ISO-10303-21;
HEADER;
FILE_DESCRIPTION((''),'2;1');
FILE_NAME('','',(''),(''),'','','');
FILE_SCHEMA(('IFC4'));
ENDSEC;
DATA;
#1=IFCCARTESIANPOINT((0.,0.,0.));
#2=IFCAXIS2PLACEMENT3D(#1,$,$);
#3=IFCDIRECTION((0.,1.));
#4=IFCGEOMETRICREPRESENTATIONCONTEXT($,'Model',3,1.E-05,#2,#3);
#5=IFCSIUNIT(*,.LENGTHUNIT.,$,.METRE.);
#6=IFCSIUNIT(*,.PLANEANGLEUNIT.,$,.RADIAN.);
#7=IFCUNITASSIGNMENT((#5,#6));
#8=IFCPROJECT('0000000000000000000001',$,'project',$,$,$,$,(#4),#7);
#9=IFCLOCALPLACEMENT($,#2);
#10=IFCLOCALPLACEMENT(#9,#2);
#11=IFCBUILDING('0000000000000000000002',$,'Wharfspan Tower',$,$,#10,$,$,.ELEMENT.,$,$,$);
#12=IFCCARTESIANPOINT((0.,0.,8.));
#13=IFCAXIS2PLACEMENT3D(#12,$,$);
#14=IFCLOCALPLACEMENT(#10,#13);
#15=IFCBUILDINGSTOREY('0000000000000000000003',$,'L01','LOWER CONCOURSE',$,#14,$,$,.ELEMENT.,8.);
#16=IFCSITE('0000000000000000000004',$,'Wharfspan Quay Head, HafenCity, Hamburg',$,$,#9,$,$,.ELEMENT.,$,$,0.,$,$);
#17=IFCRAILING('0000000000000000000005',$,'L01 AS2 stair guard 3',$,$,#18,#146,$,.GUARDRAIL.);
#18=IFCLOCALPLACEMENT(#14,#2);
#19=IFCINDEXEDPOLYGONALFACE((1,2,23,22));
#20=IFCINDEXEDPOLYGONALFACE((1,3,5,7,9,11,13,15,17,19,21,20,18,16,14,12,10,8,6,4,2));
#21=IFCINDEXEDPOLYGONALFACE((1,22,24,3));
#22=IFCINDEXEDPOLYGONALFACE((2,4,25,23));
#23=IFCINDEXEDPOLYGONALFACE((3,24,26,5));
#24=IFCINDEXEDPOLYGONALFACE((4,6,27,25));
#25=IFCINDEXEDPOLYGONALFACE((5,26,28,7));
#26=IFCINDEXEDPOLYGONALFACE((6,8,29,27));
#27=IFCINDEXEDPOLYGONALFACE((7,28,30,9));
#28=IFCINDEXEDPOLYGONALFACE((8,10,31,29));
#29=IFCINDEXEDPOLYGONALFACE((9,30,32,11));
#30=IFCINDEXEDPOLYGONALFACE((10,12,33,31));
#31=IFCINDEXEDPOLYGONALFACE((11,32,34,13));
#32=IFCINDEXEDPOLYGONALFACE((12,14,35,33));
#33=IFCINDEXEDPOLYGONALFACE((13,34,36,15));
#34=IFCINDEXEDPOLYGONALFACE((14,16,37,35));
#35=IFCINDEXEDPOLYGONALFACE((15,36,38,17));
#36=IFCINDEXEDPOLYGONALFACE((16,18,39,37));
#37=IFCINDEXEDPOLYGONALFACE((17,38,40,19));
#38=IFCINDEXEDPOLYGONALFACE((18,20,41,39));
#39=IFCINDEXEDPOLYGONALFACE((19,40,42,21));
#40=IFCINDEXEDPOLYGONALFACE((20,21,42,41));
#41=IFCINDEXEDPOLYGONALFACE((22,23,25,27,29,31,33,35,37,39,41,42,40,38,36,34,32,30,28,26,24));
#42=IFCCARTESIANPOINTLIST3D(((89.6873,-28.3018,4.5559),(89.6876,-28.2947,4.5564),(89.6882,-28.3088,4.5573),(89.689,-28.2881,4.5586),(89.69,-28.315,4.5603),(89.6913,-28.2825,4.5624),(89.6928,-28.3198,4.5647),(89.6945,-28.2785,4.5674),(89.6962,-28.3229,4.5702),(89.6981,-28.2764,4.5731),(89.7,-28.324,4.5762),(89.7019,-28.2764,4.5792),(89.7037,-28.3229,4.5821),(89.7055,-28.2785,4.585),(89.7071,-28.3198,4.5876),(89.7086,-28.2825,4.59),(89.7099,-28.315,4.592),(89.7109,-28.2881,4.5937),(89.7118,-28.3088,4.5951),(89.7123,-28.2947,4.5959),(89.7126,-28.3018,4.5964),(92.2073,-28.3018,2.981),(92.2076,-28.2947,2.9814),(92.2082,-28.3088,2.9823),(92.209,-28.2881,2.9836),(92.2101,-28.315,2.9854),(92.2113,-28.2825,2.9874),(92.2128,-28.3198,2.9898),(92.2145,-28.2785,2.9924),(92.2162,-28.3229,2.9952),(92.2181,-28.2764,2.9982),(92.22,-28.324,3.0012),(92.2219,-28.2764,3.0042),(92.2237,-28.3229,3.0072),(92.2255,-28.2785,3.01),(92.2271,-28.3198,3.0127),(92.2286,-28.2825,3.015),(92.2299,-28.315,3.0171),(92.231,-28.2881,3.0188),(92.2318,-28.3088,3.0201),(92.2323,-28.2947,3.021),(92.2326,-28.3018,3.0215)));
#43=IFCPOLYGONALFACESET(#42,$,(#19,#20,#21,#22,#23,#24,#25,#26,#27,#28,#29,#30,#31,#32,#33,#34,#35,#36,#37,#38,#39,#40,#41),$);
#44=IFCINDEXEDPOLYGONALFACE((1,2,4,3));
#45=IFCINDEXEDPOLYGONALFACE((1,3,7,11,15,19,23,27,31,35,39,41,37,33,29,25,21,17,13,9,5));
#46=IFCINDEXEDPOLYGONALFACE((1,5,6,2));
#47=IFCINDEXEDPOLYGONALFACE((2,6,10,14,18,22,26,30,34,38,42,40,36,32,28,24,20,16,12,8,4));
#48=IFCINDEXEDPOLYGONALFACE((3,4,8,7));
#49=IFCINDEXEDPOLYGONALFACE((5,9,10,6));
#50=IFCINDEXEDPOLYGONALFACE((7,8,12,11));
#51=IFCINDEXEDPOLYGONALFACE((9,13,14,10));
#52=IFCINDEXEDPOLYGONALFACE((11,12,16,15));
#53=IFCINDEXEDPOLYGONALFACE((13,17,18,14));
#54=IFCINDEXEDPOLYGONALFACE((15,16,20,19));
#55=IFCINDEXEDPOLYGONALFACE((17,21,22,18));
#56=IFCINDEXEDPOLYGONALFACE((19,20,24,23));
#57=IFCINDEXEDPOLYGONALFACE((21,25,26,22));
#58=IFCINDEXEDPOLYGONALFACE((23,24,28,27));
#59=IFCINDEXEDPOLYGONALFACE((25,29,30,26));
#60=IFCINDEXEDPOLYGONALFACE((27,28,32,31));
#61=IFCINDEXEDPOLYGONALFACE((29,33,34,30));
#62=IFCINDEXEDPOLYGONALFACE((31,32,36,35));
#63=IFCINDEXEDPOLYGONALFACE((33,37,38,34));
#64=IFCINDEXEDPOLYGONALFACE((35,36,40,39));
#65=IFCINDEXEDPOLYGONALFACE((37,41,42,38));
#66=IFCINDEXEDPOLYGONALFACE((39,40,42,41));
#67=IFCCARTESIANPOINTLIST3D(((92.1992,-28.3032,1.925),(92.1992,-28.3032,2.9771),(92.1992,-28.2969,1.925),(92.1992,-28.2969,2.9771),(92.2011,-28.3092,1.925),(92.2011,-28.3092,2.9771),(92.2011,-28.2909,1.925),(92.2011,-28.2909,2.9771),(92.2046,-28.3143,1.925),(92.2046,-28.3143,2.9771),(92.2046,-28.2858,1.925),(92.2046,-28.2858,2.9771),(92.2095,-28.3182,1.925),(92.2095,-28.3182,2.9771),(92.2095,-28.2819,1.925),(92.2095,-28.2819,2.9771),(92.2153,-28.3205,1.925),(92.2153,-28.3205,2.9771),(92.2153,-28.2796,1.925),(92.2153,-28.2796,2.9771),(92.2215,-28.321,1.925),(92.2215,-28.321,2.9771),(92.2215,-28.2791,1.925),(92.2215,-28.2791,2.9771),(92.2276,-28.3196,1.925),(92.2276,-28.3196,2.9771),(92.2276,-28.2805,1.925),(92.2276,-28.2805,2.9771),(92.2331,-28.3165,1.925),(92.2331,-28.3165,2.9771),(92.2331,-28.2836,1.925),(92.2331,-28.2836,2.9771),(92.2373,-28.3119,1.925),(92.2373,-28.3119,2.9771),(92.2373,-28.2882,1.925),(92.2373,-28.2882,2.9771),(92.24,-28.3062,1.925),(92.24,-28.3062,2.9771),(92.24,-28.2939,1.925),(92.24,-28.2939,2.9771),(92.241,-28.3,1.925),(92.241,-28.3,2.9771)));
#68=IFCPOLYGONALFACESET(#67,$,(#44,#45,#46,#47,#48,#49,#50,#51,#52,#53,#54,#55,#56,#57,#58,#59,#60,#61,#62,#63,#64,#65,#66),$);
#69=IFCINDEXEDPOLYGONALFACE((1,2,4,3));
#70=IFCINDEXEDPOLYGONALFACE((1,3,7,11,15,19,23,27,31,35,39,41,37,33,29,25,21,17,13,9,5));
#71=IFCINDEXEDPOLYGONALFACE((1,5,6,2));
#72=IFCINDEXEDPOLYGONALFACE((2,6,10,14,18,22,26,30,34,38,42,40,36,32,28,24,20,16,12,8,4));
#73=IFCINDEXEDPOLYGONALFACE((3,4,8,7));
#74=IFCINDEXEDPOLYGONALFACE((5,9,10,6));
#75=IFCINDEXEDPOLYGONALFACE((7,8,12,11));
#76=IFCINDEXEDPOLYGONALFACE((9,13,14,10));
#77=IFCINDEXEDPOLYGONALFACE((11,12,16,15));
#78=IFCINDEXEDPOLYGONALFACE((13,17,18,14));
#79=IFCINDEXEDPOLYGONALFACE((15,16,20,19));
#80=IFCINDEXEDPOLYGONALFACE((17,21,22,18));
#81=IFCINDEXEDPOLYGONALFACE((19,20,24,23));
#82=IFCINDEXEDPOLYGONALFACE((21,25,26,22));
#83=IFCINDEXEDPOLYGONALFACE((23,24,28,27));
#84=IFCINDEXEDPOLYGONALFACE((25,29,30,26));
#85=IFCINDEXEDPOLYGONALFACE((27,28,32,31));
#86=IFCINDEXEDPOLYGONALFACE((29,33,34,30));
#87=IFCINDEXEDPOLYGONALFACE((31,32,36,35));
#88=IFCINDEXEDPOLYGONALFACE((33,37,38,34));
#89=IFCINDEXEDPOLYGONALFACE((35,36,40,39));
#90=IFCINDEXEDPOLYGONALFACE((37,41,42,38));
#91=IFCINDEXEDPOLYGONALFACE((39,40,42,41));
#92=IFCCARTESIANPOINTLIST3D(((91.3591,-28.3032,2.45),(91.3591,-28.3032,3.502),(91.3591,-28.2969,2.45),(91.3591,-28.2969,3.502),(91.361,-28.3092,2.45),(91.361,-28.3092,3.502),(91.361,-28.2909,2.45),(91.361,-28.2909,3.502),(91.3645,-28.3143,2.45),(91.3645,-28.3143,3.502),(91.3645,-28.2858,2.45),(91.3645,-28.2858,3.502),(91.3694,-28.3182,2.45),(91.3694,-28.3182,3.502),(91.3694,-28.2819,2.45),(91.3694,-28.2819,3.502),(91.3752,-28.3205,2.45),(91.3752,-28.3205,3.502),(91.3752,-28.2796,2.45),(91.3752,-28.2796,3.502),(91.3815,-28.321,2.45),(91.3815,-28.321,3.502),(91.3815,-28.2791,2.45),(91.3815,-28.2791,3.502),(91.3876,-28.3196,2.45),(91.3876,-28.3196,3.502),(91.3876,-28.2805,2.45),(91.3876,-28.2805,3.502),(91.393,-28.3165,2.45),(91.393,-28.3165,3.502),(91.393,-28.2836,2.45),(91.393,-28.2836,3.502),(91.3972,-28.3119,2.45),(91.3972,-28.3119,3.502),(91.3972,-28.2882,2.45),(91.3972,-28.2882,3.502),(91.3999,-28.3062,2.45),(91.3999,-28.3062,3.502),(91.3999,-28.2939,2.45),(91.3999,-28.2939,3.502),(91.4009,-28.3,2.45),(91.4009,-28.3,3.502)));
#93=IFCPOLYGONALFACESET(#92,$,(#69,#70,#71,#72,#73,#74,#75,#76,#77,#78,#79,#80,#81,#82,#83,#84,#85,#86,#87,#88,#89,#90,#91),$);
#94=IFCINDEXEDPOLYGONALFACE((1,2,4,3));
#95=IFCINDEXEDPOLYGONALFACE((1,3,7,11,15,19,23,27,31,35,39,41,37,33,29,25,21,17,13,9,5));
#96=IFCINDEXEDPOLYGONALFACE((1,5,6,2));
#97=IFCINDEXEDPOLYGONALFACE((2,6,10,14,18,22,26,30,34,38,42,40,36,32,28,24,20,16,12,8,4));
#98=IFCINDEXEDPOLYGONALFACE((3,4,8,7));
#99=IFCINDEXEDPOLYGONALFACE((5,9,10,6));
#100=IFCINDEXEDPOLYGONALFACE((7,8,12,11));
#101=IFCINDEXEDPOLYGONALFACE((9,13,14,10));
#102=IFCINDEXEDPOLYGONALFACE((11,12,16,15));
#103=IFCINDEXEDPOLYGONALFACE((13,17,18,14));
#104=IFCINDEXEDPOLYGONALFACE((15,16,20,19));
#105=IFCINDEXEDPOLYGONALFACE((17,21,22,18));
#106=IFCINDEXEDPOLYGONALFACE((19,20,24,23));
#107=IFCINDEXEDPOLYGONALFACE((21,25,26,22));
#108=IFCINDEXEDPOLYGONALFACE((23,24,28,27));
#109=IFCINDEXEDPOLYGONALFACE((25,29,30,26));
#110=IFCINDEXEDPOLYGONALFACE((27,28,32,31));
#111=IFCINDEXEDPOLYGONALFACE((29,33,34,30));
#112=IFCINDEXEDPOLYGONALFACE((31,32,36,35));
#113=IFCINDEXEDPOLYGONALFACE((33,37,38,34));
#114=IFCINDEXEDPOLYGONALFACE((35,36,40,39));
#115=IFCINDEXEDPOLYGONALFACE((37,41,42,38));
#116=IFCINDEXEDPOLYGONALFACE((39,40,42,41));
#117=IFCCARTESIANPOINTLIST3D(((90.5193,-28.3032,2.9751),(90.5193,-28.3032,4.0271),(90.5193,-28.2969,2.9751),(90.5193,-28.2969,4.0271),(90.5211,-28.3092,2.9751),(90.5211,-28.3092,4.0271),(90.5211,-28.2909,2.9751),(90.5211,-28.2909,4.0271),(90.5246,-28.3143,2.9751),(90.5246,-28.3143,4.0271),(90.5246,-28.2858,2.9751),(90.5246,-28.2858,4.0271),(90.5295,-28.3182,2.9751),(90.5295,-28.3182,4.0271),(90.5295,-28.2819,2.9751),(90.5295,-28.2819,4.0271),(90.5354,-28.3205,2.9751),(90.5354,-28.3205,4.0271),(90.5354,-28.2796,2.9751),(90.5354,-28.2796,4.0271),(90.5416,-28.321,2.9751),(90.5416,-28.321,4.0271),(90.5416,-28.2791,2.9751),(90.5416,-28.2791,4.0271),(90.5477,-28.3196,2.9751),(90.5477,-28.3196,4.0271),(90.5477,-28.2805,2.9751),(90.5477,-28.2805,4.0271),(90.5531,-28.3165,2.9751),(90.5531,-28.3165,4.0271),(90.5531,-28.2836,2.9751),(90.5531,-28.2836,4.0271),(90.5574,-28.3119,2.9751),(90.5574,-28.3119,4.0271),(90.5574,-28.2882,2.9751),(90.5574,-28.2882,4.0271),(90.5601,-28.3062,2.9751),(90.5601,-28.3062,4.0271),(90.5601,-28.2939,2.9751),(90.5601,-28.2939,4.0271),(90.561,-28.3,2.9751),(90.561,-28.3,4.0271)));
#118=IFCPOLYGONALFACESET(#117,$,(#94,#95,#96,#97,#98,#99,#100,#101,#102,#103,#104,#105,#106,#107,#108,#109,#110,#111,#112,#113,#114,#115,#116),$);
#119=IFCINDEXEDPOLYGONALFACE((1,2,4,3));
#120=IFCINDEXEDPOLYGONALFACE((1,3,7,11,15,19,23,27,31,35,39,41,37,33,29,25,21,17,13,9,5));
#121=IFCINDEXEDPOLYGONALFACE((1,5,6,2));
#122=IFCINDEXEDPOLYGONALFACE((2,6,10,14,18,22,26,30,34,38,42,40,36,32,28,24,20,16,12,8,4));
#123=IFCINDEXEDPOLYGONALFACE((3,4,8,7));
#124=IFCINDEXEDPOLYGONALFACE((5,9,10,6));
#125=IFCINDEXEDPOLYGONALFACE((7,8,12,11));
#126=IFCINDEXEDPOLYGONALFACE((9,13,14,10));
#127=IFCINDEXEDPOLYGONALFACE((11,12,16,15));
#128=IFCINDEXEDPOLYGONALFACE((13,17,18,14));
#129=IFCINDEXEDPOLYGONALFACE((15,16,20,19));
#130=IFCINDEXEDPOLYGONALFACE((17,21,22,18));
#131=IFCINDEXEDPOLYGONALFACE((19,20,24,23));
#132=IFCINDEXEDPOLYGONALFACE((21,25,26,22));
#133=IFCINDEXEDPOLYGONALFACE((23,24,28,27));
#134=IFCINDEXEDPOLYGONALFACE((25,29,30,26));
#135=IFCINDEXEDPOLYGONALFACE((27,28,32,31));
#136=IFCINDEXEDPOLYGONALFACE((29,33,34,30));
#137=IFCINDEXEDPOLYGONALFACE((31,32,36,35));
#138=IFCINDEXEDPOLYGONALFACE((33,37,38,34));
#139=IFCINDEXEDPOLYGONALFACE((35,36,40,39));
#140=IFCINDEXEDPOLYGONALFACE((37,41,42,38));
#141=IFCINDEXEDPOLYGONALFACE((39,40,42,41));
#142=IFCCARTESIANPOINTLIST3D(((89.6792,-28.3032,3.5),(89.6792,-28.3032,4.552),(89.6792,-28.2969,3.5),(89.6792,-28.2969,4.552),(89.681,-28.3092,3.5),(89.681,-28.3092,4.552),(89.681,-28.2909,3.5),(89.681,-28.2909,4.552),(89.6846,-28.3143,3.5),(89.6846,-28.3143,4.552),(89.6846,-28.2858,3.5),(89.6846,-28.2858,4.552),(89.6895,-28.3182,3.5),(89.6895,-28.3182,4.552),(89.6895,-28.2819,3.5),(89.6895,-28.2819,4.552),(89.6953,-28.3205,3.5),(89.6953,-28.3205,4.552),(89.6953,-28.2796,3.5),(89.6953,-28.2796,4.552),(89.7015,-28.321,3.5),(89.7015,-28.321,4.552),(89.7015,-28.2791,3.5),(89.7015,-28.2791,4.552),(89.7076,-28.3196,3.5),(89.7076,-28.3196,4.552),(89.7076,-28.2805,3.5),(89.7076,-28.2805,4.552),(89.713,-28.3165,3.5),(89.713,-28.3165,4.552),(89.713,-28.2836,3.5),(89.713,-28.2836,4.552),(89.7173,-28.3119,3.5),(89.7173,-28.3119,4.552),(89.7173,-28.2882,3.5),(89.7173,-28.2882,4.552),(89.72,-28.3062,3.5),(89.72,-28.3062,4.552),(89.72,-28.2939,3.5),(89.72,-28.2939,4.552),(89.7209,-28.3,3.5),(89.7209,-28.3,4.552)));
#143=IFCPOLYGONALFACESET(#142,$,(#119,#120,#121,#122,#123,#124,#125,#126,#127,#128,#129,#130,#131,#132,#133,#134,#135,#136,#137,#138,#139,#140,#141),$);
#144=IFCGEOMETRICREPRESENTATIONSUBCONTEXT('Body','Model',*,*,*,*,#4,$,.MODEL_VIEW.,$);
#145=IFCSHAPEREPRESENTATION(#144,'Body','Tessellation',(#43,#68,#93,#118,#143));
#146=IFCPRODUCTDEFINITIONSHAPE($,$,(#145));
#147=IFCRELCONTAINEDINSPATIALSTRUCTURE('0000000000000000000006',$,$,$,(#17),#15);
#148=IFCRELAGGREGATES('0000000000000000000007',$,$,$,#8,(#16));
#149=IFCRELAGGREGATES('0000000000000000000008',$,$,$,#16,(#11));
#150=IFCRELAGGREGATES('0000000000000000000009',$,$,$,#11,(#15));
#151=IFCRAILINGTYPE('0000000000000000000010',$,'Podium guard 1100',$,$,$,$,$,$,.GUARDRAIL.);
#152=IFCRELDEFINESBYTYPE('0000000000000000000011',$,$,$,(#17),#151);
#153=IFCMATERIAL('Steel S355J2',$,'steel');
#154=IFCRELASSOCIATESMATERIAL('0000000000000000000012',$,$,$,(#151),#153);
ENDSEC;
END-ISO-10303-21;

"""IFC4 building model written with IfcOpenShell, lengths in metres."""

from ifc_helpers import new_model, si_unit, direction, frame, origin, origin_2d, place, context, subcontext, project, spatial, circle, extrude, material, type_object, element, save


model = new_model("IFC4")

# Units and contexts
model_context = context("Model", 3, precision=1e-05, world=origin(), true_north=direction((0.0, 1.0)))
body_context = subcontext(model_context, "Body", "Model", "MODEL_VIEW")
ifc_project = project(units=[si_unit("LENGTHUNIT", "METRE"), si_unit("PLANEANGLEUNIT", "RADIAN")], contexts=[model_context])

# Site, building, storey
site_placement = place(None, origin())
site = spatial("IfcSite", under=ifc_project, at=site_placement, Name="Wharfspan Quay Head, HafenCity, Hamburg", CompositionType="ELEMENT", RefElevation=0.0)
building_placement = place(site_placement, origin())
building = spatial("IfcBuilding", under=site, at=building_placement, Name="Wharfspan Tower", CompositionType="ELEMENT")
storey_placement = place(building_placement, frame((0.0, 0.0, 8.0)))
storey = spatial("IfcBuildingStorey", under=building, at=storey_placement, Name="L01", Description="LOWER CONCOURSE", CompositionType="ELEMENT", Elevation=8.0)

# Railing
ifc_material_1 = material(Name="Steel S355J2", Category="steel")
railing_type_1 = type_object("IfcRailingType", Name="Podium guard 1100", PredefinedType="GUARDRAIL", material=ifc_material_1)
railing_1_placement = place(storey_placement, frame((92.22, -28.3, 1.925)))
element("IfcRailing", 1, at=railing_1_placement, inside=storey, type_object=railing_type_1, Name="L01 AS2 stair guard 3", PredefinedType="GUARDRAIL", context=body_context, shape_type="SweptSolid", body=[
    extrude(circle(Radius=0.0239, at=origin_2d()), frame((0.0, 0.0, 1.0762), z_axis=(-0.848008, 0.0, 0.529984), x_axis=(0.0, -1.0, 0.0)), (0.0, 0.0, 1.0), 2.9717),
    extrude(circle(Radius=0.021, at=origin_2d()), origin(), (0.0, 0.0, 1.0), 1.052),
    extrude(circle(Radius=0.021, at=origin_2d()), frame((-0.8401, 0.0, 0.5249)), (0.0, 0.0, 1.0), 1.052),
    extrude(circle(Radius=0.021, at=origin_2d()), frame((-1.6799, 0.0, 1.05)), (0.0, 0.0, 1.0), 1.052),
    extrude(circle(Radius=0.021, at=origin_2d()), frame((-2.52, 0.0, 1.575)), (0.0, 0.0, 1.0), 1.052),
])

save(model, "model.ifc")
